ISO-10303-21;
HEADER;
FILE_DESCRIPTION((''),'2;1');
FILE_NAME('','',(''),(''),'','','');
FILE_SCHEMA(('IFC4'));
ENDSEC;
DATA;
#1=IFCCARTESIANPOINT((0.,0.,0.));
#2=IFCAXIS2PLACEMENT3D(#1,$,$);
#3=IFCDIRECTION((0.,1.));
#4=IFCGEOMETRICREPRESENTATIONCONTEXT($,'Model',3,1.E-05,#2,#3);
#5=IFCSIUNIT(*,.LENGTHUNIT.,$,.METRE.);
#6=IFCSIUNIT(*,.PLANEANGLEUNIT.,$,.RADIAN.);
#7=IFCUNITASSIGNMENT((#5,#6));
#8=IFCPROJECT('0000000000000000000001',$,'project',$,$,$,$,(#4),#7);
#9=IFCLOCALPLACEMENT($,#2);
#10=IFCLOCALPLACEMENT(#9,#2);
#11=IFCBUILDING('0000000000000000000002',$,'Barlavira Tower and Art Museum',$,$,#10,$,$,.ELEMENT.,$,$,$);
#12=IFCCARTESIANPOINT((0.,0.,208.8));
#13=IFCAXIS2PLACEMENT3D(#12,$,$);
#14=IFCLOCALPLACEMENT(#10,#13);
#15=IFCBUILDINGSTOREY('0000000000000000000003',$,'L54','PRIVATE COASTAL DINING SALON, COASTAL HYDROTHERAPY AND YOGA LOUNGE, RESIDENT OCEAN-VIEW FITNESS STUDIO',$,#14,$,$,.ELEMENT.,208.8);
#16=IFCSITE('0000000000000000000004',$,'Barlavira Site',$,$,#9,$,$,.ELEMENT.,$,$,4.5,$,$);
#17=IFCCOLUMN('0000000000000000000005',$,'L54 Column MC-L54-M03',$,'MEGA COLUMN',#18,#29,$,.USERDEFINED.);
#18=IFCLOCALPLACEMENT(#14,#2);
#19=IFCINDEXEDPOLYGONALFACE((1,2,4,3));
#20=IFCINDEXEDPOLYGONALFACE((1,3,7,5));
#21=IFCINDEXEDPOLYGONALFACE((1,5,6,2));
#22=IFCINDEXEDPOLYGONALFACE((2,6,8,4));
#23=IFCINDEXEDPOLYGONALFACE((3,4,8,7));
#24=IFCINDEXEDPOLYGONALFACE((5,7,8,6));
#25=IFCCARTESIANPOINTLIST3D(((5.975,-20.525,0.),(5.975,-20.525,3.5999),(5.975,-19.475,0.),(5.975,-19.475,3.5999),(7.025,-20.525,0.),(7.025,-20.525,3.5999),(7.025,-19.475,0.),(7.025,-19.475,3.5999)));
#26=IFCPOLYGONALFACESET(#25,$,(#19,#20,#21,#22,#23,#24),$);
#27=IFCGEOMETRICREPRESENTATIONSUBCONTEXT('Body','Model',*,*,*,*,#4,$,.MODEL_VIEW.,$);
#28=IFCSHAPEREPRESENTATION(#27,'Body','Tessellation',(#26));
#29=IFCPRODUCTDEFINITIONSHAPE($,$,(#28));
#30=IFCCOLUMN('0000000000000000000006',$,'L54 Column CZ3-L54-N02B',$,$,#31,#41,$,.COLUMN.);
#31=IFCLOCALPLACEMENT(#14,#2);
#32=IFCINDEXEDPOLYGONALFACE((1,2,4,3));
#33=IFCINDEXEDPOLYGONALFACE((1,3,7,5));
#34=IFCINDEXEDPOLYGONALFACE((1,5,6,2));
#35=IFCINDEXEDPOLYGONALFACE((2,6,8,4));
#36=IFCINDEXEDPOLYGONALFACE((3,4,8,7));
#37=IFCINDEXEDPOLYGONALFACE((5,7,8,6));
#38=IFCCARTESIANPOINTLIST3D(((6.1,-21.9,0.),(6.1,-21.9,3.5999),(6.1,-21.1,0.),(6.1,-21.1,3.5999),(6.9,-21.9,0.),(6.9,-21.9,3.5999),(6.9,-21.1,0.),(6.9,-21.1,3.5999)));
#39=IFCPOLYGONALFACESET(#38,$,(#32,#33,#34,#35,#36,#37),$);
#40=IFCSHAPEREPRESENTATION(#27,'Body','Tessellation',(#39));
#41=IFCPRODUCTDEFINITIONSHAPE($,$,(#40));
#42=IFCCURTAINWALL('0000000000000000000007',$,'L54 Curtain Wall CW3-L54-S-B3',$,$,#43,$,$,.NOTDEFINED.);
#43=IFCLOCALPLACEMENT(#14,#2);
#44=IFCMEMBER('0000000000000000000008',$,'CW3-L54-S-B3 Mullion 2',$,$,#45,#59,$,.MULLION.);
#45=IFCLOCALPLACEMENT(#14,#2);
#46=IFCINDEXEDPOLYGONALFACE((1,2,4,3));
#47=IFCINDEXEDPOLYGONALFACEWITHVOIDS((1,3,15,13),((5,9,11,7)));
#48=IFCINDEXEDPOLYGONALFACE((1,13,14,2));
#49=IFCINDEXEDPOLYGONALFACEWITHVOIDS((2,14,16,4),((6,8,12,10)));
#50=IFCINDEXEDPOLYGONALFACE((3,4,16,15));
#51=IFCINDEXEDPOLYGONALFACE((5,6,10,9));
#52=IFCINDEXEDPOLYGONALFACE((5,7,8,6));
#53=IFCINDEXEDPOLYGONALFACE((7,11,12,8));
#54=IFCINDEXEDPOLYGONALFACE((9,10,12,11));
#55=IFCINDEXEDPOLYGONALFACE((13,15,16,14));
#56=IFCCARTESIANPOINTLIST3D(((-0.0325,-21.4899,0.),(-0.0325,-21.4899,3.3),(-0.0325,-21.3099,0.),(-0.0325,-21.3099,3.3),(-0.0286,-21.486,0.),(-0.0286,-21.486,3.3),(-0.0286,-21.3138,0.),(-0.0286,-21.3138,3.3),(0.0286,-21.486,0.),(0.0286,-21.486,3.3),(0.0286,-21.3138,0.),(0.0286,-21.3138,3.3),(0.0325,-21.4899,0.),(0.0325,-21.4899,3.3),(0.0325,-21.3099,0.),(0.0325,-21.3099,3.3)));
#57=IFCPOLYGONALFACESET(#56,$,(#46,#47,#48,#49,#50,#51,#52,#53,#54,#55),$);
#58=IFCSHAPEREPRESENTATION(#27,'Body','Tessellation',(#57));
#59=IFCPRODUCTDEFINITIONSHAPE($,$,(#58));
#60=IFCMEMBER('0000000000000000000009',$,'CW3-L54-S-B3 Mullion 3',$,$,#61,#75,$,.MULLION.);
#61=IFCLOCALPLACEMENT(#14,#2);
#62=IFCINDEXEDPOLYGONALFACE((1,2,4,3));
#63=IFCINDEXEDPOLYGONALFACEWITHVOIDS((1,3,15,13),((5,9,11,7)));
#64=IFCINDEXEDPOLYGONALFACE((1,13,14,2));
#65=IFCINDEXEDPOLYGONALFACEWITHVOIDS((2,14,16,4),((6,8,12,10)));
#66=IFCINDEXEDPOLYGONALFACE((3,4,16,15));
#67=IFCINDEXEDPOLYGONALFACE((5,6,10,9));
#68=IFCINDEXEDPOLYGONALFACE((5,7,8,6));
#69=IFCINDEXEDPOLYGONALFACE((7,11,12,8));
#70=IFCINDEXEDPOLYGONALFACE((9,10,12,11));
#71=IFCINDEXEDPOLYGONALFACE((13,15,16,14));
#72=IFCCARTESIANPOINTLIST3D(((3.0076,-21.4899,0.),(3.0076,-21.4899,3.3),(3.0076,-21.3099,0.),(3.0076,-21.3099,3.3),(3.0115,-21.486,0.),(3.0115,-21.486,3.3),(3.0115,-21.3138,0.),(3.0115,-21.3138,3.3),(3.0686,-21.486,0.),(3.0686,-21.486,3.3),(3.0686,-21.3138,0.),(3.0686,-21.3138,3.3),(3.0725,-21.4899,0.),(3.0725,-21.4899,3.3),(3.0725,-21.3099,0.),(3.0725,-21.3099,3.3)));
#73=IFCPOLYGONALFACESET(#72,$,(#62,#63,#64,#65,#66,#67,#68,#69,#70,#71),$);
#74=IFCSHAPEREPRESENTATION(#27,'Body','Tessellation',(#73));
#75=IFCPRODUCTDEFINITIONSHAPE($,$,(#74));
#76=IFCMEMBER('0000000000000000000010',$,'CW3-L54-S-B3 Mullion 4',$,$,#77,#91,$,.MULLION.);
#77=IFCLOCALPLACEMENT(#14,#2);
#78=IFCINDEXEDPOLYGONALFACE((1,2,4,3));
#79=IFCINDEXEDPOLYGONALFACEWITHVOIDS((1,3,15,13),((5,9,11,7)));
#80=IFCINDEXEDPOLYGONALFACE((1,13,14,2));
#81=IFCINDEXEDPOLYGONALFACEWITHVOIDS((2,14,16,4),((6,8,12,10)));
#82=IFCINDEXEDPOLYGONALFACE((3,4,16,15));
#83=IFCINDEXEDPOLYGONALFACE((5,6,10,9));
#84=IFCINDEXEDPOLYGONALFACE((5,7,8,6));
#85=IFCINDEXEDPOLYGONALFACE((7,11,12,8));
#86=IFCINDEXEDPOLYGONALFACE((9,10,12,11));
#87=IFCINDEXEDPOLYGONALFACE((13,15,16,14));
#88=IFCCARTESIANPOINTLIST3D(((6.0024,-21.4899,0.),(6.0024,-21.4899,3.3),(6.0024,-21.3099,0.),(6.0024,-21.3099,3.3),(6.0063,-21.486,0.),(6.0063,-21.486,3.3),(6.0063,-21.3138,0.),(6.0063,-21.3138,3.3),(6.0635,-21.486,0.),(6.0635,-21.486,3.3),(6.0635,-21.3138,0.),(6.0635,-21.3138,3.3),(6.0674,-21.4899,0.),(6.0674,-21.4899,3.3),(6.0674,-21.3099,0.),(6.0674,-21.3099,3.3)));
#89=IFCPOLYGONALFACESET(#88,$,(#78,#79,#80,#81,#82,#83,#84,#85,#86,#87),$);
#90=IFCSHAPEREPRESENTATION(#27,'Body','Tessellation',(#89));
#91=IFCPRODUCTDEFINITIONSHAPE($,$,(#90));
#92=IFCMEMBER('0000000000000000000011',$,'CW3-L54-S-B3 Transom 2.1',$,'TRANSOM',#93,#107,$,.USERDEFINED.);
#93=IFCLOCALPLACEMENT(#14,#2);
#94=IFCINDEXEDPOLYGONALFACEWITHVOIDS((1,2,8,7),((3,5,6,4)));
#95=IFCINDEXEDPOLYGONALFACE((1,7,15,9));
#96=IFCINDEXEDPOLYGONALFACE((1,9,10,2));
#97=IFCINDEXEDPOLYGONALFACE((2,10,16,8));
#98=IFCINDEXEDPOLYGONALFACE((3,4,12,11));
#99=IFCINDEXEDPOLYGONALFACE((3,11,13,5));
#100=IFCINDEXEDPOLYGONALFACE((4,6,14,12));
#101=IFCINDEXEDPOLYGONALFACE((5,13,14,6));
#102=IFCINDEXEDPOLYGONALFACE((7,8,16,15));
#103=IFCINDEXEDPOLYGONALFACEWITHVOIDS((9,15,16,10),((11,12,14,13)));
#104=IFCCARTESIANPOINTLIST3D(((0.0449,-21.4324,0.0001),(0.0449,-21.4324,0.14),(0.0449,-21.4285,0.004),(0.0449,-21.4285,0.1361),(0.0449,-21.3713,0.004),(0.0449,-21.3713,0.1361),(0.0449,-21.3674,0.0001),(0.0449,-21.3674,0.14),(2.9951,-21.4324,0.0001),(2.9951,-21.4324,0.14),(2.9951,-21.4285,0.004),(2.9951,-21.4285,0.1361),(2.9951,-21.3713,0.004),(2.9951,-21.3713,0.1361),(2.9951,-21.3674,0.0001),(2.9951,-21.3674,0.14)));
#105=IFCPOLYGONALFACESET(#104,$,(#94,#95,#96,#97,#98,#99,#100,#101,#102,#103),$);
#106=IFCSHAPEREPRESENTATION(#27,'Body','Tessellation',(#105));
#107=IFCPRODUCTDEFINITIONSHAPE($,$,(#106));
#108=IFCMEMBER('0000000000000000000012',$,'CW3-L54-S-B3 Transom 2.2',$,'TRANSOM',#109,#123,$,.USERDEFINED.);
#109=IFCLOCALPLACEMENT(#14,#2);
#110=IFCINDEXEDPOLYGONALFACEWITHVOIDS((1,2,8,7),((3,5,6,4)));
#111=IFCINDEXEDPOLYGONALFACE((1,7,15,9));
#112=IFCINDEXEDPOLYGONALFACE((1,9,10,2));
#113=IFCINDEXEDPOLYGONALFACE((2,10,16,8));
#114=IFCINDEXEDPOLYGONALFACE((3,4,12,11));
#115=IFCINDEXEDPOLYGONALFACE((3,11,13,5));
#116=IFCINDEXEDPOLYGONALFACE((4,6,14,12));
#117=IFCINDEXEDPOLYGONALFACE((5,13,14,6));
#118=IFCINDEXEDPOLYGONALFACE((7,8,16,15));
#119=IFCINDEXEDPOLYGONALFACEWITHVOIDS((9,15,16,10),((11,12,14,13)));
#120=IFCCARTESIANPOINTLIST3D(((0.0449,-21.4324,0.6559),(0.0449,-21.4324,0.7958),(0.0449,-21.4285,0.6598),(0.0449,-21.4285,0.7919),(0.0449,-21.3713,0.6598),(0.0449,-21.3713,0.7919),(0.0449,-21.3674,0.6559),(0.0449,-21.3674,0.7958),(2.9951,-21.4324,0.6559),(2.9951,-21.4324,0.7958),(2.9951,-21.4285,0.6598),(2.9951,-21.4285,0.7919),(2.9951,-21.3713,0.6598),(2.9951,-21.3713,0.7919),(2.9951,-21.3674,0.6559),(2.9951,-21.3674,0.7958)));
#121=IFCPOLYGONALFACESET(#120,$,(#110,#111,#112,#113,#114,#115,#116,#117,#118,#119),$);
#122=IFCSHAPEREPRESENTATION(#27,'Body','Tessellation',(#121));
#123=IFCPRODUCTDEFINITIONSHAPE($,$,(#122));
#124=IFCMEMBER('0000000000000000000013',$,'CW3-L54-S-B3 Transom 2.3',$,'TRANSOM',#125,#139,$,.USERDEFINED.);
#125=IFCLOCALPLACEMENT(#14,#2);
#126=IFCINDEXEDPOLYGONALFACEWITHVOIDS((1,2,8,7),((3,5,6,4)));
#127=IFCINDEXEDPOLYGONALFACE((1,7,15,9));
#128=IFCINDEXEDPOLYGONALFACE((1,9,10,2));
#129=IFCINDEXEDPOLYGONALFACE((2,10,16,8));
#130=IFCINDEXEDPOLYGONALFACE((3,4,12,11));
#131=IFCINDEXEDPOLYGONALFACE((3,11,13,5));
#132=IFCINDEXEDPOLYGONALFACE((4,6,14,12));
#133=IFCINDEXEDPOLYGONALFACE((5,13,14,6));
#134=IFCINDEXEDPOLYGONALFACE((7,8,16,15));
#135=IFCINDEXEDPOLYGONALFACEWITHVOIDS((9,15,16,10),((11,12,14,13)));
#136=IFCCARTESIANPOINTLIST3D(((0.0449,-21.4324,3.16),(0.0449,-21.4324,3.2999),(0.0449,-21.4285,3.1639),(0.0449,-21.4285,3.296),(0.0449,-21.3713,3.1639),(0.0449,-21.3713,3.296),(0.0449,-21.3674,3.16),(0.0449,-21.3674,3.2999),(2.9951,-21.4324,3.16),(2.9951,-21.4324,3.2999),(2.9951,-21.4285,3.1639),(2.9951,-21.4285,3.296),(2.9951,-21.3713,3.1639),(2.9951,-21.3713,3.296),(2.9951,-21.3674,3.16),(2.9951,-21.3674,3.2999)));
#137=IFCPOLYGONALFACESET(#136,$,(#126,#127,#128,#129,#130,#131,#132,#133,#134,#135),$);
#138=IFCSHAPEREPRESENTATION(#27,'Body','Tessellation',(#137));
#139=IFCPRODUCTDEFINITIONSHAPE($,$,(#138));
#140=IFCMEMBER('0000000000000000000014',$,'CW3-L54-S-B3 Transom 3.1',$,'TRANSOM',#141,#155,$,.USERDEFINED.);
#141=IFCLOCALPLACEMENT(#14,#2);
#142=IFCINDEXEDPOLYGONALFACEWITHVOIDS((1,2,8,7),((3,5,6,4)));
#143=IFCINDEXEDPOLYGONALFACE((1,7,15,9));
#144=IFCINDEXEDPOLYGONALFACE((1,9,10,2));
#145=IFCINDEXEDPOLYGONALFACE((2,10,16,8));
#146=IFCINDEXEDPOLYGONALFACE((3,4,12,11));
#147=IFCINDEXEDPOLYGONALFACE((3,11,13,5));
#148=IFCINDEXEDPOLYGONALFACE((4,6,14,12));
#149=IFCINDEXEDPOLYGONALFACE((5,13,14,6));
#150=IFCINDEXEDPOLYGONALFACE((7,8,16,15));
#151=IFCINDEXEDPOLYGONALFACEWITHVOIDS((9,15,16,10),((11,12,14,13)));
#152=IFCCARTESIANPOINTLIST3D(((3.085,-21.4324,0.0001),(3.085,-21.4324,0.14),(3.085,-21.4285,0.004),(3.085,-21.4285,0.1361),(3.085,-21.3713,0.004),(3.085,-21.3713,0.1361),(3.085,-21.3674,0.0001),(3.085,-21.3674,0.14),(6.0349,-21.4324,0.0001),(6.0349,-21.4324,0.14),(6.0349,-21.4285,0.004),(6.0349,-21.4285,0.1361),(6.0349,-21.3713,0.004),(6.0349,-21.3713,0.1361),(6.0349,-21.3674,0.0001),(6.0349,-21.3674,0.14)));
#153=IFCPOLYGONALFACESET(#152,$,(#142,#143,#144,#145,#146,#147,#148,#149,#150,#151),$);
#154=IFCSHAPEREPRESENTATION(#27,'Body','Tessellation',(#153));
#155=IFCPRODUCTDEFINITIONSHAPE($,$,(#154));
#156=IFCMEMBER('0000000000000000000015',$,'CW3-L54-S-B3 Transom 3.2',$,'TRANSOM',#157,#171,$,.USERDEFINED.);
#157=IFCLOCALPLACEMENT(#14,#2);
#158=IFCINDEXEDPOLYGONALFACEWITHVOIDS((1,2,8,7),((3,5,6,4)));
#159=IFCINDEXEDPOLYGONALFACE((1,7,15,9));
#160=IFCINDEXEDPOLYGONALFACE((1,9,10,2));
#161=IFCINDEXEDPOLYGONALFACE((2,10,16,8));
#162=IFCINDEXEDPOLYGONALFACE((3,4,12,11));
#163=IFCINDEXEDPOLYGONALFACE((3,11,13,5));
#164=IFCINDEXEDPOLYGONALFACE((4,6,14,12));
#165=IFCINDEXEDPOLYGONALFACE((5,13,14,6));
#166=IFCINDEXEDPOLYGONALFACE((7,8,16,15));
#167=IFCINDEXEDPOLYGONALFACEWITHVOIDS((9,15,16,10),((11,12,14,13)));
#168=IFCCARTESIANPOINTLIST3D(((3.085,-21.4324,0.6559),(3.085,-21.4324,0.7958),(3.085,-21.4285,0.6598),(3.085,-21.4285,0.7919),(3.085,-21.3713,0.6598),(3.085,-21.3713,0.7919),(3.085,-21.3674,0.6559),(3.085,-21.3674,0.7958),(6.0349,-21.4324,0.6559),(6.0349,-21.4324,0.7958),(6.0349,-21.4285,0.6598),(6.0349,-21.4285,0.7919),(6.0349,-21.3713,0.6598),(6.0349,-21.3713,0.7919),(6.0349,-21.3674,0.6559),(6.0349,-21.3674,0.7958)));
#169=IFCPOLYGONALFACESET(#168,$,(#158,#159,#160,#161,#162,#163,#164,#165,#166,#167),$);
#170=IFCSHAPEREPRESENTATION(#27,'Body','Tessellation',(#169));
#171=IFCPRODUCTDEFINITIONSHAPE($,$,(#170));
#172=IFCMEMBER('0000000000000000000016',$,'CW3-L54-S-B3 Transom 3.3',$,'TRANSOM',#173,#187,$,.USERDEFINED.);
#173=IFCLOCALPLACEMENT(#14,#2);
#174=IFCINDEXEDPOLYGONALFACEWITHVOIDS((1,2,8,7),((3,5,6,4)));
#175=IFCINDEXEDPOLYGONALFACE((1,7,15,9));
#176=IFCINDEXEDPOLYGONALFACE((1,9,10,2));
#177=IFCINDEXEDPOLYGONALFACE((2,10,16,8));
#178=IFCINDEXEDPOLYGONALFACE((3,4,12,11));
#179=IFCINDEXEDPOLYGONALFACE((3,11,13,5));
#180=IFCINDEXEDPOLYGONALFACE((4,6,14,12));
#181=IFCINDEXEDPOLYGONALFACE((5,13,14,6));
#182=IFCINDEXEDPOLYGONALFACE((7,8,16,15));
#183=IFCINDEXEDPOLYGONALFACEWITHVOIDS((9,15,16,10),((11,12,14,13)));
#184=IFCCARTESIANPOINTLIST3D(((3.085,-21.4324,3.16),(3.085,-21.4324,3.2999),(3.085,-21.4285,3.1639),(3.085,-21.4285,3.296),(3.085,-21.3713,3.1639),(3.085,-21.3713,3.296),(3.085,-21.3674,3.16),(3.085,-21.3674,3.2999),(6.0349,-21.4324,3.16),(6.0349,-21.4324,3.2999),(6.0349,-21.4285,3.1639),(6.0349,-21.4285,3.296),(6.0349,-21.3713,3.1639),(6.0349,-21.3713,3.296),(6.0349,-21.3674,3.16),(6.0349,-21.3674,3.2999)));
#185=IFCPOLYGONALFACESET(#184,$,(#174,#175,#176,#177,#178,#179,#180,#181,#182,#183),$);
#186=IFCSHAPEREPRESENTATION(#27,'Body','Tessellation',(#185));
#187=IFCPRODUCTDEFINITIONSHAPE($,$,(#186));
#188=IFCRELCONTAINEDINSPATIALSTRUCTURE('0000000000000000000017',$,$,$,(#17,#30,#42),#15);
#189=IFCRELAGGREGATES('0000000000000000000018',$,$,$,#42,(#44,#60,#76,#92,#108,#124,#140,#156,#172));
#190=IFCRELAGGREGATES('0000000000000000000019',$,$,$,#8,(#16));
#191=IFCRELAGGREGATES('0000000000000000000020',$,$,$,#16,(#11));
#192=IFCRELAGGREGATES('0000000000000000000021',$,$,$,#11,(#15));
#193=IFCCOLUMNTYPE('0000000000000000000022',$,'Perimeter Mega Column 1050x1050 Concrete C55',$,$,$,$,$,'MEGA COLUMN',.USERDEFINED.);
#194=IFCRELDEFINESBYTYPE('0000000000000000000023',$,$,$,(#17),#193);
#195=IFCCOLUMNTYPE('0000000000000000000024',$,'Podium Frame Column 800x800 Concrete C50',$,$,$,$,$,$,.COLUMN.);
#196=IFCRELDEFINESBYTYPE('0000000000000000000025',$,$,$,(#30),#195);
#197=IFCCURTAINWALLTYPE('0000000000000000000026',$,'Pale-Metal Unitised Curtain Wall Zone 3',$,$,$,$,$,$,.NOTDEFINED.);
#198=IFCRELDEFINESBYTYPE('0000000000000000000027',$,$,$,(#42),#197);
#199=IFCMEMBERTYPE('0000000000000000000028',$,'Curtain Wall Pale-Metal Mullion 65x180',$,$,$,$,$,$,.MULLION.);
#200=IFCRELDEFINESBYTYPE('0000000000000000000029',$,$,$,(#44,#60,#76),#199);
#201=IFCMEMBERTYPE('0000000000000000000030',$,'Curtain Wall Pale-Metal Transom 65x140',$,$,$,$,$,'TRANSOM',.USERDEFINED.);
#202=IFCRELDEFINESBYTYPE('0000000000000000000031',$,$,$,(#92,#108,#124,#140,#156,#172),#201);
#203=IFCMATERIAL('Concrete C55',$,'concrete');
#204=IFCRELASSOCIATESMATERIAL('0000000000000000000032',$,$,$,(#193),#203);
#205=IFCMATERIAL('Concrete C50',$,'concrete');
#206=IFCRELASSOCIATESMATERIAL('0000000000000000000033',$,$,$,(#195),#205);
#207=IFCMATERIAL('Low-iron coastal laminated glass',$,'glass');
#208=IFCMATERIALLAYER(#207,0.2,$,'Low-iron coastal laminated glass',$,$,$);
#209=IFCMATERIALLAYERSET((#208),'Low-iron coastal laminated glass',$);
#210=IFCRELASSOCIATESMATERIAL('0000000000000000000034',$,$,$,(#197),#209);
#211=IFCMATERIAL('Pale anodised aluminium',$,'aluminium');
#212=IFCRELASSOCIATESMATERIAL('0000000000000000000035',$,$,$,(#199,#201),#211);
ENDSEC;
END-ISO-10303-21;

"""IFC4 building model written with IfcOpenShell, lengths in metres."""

from ifc_helpers import new_model, si_unit, direction, frame, origin, origin_2d, place, context, subcontext, project, spatial, rectangle, hollow_rectangle, extrude, material, layer, layer_set, material_profile, profile_set, type_object, element, aggregate, save


model = new_model("IFC4")

# Units and contexts
model_context = context("Model", 3, precision=1e-05, world=origin(), true_north=direction((0.0, 1.0)))
body_context = subcontext(model_context, "Body", "Model", "MODEL_VIEW")
ifc_project = project(units=[si_unit("LENGTHUNIT", "METRE"), si_unit("PLANEANGLEUNIT", "RADIAN")], contexts=[model_context])

# Site, building, storey
site_placement = place(None, origin())
site = spatial("IfcSite", under=ifc_project, at=site_placement, Name="Barlavira Site", CompositionType="ELEMENT", RefElevation=4.5)
building_placement = place(site_placement, origin())
building = spatial("IfcBuilding", under=site, at=building_placement, Name="Barlavira Tower and Art Museum", CompositionType="ELEMENT")
storey_placement = place(building_placement, frame((0.0, 0.0, 208.8)))
storey = spatial("IfcBuildingStorey", under=building, at=storey_placement, Name="L54", Description="PRIVATE COASTAL DINING SALON, COASTAL HYDROTHERAPY AND YOGA LOUNGE, RESIDENT OCEAN-VIEW FITNESS STUDIO", CompositionType="ELEMENT", Elevation=208.8)

# Columns
ifc_material_1 = material(Name="Concrete C55", Category="concrete")
ifc_material_profile_1 = material_profile(ifc_material_1, rectangle(XDim=1.05, YDim=1.05, at=origin_2d()), Name="RC-COL 1050x1050")
ifc_profile_set_1 = profile_set([ifc_material_profile_1], Name="Concrete C55")
column_type_1 = type_object("IfcColumnType", Name="Perimeter Mega Column 1050x1050 Concrete C55", ElementType="MEGA COLUMN", PredefinedType="USERDEFINED", material=ifc_profile_set_1)
column_1_placement = place(storey_placement, frame((6.5, -20.0, 0.0), z_axis=(0.0, 0.0, 1.0), x_axis=(1.0, 0.0, 0.0)))
element("IfcColumn", 1, at=column_1_placement, inside=storey, type_object=column_type_1, Name="L54 Column MC-L54-M03", ObjectType="MEGA COLUMN", PredefinedType="USERDEFINED", context=body_context, shape_type="SweptSolid", body=[
    extrude(rectangle(XDim=1.05, YDim=1.05, at=origin_2d()), origin(), (0.0, 0.0, 1.0), 3.5999),
])
ifc_material_2 = material(Name="Concrete C50", Category="concrete")
ifc_material_profile_2 = material_profile(ifc_material_2, rectangle(XDim=0.8, YDim=0.8, at=origin_2d()), Name="RC-COL 800x800")
ifc_profile_set_2 = profile_set([ifc_material_profile_2], Name="Concrete C50")
column_type_2 = type_object("IfcColumnType", Name="Podium Frame Column 800x800 Concrete C50", PredefinedType="COLUMN", material=ifc_profile_set_2)
column_2_placement = place(storey_placement, frame((6.5, -21.5, 0.0), z_axis=(0.0, 0.0, 1.0), x_axis=(1.0, 0.0, 0.0)))
element("IfcColumn", 2, at=column_2_placement, inside=storey, type_object=column_type_2, Name="L54 Column CZ3-L54-N02B", PredefinedType="COLUMN", context=body_context, shape_type="SweptSolid", body=[
    extrude(rectangle(XDim=0.8, YDim=0.8, at=origin_2d()), origin(), (0.0, 0.0, 1.0), 3.5999),
])

# Curtain wall, members
ifc_material_3 = material(Name="Low-iron coastal laminated glass", Category="glass")
ifc_layer_1 = layer(ifc_material_3, 0.2, Name="Low-iron coastal laminated glass")
ifc_layer_set_1 = layer_set([ifc_layer_1], Name="Low-iron coastal laminated glass")
curtain_wall_type = type_object("IfcCurtainWallType", Name="Pale-Metal Unitised Curtain Wall Zone 3", PredefinedType="NOTDEFINED", material=ifc_layer_set_1)
curtain_wall_placement = place(storey_placement, origin())
curtain_wall = element("IfcCurtainWall", 3, at=curtain_wall_placement, inside=storey, type_object=curtain_wall_type, Name="L54 Curtain Wall CW3-L54-S-B3", PredefinedType="NOTDEFINED")
ifc_material_4 = material(Name="Pale anodised aluminium", Category="aluminium")
ifc_material_profile_3 = material_profile(ifc_material_4, hollow_rectangle(XDim=0.0649, YDim=0.1799, WallThickness=0.0039, at=origin_2d()), Name="ALU-MULL 65x180x4")
ifc_profile_set_3 = profile_set([ifc_material_profile_3], Name="Pale anodised aluminium")
member_type_1 = type_object("IfcMemberType", Name="Curtain Wall Pale-Metal Mullion 65x180", PredefinedType="MULLION", material=ifc_profile_set_3)
member_1_placement = place(storey_placement, frame((0.0, -21.3999, 0.0), z_axis=(0.0, 0.0, 1.0), x_axis=(1.0, 0.0, 0.0)))
member_1 = element("IfcMember", 4, at=member_1_placement, type_object=member_type_1, Name="CW3-L54-S-B3 Mullion 2", PredefinedType="MULLION", context=body_context, shape_type="SweptSolid", body=[
    extrude(hollow_rectangle(XDim=0.0649, YDim=0.1799, WallThickness=0.0039, at=origin_2d()), origin(), (0.0, 0.0, 1.0), 3.3),
])
member_2_placement = place(storey_placement, frame((3.04, -21.3999, 0.0), z_axis=(0.0, 0.0, 1.0), x_axis=(1.0, 0.0, 0.0)))
member_2 = element("IfcMember", 5, at=member_2_placement, type_object=member_type_1, Name="CW3-L54-S-B3 Mullion 3", PredefinedType="MULLION", context=body_context, shape_type="SweptSolid", body=[
    extrude(hollow_rectangle(XDim=0.0649, YDim=0.1799, WallThickness=0.0039, at=origin_2d()), origin(), (0.0, 0.0, 1.0), 3.3),
])
member_3_placement = place(storey_placement, frame((6.0349, -21.3999, 0.0), z_axis=(0.0, 0.0, 1.0), x_axis=(1.0, 0.0, 0.0)))
member_3 = element("IfcMember", 6, at=member_3_placement, type_object=member_type_1, Name="CW3-L54-S-B3 Mullion 4", PredefinedType="MULLION", context=body_context, shape_type="SweptSolid", body=[
    extrude(hollow_rectangle(XDim=0.0649, YDim=0.1799, WallThickness=0.0039, at=origin_2d()), origin(), (0.0, 0.0, 1.0), 3.3),
])
ifc_material_profile_4 = material_profile(ifc_material_4, hollow_rectangle(XDim=0.0649, YDim=0.1399, WallThickness=0.0039, at=origin_2d()), Name="ALU-TRAN 65x140x4")
ifc_profile_set_4 = profile_set([ifc_material_profile_4], Name="Pale anodised aluminium")
member_type_2 = type_object("IfcMemberType", Name="Curtain Wall Pale-Metal Transom 65x140", ElementType="TRANSOM", PredefinedType="USERDEFINED", material=ifc_profile_set_4)
member_4_placement = place(storey_placement, frame((0.0449, -21.3999, 0.0701), z_axis=(1.0, 0.0, 0.0), x_axis=(0.0, 1.0, 0.0)))
member_4 = element("IfcMember", 7, at=member_4_placement, type_object=member_type_2, Name="CW3-L54-S-B3 Transom 2.1", ObjectType="TRANSOM", PredefinedType="USERDEFINED", context=body_context, shape_type="SweptSolid", body=[
    extrude(hollow_rectangle(XDim=0.0649, YDim=0.1399, WallThickness=0.0039, at=origin_2d()), origin(), (0.0, 0.0, 1.0), 2.9502),
])
member_5_placement = place(storey_placement, frame((0.0449, -21.3999, 0.7258), z_axis=(1.0, 0.0, 0.0), x_axis=(0.0, 1.0, 0.0)))
member_5 = element("IfcMember", 8, at=member_5_placement, type_object=member_type_2, Name="CW3-L54-S-B3 Transom 2.2", ObjectType="TRANSOM", PredefinedType="USERDEFINED", context=body_context, shape_type="SweptSolid", body=[
    extrude(hollow_rectangle(XDim=0.0649, YDim=0.1399, WallThickness=0.0039, at=origin_2d()), origin(), (0.0, 0.0, 1.0), 2.9502),
])
member_6_placement = place(storey_placement, frame((0.0449, -21.3999, 3.23), z_axis=(1.0, 0.0, 0.0), x_axis=(0.0, 1.0, 0.0)))
member_6 = element("IfcMember", 9, at=member_6_placement, type_object=member_type_2, Name="CW3-L54-S-B3 Transom 2.3", ObjectType="TRANSOM", PredefinedType="USERDEFINED", context=body_context, shape_type="SweptSolid", body=[
    extrude(hollow_rectangle(XDim=0.0649, YDim=0.1399, WallThickness=0.0039, at=origin_2d()), origin(), (0.0, 0.0, 1.0), 2.9502),
])
member_7_placement = place(storey_placement, frame((3.085, -21.3999, 0.0701), z_axis=(1.0, 0.0, 0.0), x_axis=(0.0, 1.0, 0.0)))
member_7 = element("IfcMember", 10, at=member_7_placement, type_object=member_type_2, Name="CW3-L54-S-B3 Transom 3.1", ObjectType="TRANSOM", PredefinedType="USERDEFINED", context=body_context, shape_type="SweptSolid", body=[
    extrude(hollow_rectangle(XDim=0.0649, YDim=0.1399, WallThickness=0.0039, at=origin_2d()), origin(), (0.0, 0.0, 1.0), 2.95),
])
member_8_placement = place(storey_placement, frame((3.085, -21.3999, 0.7258), z_axis=(1.0, 0.0, 0.0), x_axis=(0.0, 1.0, 0.0)))
member_8 = element("IfcMember", 11, at=member_8_placement, type_object=member_type_2, Name="CW3-L54-S-B3 Transom 3.2", ObjectType="TRANSOM", PredefinedType="USERDEFINED", context=body_context, shape_type="SweptSolid", body=[
    extrude(hollow_rectangle(XDim=0.0649, YDim=0.1399, WallThickness=0.0039, at=origin_2d()), origin(), (0.0, 0.0, 1.0), 2.95),
])
member_9_placement = place(storey_placement, frame((3.085, -21.3999, 3.23), z_axis=(1.0, 0.0, 0.0), x_axis=(0.0, 1.0, 0.0)))
member_9 = element("IfcMember", 12, at=member_9_placement, type_object=member_type_2, Name="CW3-L54-S-B3 Transom 3.3", ObjectType="TRANSOM", PredefinedType="USERDEFINED", context=body_context, shape_type="SweptSolid", body=[
    extrude(hollow_rectangle(XDim=0.0649, YDim=0.1399, WallThickness=0.0039, at=origin_2d()), origin(), (0.0, 0.0, 1.0), 2.95),
])

aggregate(curtain_wall, [member_1, member_2, member_3, member_4, member_5, member_6, member_7, member_8, member_9])

save(model, "model.ifc")
